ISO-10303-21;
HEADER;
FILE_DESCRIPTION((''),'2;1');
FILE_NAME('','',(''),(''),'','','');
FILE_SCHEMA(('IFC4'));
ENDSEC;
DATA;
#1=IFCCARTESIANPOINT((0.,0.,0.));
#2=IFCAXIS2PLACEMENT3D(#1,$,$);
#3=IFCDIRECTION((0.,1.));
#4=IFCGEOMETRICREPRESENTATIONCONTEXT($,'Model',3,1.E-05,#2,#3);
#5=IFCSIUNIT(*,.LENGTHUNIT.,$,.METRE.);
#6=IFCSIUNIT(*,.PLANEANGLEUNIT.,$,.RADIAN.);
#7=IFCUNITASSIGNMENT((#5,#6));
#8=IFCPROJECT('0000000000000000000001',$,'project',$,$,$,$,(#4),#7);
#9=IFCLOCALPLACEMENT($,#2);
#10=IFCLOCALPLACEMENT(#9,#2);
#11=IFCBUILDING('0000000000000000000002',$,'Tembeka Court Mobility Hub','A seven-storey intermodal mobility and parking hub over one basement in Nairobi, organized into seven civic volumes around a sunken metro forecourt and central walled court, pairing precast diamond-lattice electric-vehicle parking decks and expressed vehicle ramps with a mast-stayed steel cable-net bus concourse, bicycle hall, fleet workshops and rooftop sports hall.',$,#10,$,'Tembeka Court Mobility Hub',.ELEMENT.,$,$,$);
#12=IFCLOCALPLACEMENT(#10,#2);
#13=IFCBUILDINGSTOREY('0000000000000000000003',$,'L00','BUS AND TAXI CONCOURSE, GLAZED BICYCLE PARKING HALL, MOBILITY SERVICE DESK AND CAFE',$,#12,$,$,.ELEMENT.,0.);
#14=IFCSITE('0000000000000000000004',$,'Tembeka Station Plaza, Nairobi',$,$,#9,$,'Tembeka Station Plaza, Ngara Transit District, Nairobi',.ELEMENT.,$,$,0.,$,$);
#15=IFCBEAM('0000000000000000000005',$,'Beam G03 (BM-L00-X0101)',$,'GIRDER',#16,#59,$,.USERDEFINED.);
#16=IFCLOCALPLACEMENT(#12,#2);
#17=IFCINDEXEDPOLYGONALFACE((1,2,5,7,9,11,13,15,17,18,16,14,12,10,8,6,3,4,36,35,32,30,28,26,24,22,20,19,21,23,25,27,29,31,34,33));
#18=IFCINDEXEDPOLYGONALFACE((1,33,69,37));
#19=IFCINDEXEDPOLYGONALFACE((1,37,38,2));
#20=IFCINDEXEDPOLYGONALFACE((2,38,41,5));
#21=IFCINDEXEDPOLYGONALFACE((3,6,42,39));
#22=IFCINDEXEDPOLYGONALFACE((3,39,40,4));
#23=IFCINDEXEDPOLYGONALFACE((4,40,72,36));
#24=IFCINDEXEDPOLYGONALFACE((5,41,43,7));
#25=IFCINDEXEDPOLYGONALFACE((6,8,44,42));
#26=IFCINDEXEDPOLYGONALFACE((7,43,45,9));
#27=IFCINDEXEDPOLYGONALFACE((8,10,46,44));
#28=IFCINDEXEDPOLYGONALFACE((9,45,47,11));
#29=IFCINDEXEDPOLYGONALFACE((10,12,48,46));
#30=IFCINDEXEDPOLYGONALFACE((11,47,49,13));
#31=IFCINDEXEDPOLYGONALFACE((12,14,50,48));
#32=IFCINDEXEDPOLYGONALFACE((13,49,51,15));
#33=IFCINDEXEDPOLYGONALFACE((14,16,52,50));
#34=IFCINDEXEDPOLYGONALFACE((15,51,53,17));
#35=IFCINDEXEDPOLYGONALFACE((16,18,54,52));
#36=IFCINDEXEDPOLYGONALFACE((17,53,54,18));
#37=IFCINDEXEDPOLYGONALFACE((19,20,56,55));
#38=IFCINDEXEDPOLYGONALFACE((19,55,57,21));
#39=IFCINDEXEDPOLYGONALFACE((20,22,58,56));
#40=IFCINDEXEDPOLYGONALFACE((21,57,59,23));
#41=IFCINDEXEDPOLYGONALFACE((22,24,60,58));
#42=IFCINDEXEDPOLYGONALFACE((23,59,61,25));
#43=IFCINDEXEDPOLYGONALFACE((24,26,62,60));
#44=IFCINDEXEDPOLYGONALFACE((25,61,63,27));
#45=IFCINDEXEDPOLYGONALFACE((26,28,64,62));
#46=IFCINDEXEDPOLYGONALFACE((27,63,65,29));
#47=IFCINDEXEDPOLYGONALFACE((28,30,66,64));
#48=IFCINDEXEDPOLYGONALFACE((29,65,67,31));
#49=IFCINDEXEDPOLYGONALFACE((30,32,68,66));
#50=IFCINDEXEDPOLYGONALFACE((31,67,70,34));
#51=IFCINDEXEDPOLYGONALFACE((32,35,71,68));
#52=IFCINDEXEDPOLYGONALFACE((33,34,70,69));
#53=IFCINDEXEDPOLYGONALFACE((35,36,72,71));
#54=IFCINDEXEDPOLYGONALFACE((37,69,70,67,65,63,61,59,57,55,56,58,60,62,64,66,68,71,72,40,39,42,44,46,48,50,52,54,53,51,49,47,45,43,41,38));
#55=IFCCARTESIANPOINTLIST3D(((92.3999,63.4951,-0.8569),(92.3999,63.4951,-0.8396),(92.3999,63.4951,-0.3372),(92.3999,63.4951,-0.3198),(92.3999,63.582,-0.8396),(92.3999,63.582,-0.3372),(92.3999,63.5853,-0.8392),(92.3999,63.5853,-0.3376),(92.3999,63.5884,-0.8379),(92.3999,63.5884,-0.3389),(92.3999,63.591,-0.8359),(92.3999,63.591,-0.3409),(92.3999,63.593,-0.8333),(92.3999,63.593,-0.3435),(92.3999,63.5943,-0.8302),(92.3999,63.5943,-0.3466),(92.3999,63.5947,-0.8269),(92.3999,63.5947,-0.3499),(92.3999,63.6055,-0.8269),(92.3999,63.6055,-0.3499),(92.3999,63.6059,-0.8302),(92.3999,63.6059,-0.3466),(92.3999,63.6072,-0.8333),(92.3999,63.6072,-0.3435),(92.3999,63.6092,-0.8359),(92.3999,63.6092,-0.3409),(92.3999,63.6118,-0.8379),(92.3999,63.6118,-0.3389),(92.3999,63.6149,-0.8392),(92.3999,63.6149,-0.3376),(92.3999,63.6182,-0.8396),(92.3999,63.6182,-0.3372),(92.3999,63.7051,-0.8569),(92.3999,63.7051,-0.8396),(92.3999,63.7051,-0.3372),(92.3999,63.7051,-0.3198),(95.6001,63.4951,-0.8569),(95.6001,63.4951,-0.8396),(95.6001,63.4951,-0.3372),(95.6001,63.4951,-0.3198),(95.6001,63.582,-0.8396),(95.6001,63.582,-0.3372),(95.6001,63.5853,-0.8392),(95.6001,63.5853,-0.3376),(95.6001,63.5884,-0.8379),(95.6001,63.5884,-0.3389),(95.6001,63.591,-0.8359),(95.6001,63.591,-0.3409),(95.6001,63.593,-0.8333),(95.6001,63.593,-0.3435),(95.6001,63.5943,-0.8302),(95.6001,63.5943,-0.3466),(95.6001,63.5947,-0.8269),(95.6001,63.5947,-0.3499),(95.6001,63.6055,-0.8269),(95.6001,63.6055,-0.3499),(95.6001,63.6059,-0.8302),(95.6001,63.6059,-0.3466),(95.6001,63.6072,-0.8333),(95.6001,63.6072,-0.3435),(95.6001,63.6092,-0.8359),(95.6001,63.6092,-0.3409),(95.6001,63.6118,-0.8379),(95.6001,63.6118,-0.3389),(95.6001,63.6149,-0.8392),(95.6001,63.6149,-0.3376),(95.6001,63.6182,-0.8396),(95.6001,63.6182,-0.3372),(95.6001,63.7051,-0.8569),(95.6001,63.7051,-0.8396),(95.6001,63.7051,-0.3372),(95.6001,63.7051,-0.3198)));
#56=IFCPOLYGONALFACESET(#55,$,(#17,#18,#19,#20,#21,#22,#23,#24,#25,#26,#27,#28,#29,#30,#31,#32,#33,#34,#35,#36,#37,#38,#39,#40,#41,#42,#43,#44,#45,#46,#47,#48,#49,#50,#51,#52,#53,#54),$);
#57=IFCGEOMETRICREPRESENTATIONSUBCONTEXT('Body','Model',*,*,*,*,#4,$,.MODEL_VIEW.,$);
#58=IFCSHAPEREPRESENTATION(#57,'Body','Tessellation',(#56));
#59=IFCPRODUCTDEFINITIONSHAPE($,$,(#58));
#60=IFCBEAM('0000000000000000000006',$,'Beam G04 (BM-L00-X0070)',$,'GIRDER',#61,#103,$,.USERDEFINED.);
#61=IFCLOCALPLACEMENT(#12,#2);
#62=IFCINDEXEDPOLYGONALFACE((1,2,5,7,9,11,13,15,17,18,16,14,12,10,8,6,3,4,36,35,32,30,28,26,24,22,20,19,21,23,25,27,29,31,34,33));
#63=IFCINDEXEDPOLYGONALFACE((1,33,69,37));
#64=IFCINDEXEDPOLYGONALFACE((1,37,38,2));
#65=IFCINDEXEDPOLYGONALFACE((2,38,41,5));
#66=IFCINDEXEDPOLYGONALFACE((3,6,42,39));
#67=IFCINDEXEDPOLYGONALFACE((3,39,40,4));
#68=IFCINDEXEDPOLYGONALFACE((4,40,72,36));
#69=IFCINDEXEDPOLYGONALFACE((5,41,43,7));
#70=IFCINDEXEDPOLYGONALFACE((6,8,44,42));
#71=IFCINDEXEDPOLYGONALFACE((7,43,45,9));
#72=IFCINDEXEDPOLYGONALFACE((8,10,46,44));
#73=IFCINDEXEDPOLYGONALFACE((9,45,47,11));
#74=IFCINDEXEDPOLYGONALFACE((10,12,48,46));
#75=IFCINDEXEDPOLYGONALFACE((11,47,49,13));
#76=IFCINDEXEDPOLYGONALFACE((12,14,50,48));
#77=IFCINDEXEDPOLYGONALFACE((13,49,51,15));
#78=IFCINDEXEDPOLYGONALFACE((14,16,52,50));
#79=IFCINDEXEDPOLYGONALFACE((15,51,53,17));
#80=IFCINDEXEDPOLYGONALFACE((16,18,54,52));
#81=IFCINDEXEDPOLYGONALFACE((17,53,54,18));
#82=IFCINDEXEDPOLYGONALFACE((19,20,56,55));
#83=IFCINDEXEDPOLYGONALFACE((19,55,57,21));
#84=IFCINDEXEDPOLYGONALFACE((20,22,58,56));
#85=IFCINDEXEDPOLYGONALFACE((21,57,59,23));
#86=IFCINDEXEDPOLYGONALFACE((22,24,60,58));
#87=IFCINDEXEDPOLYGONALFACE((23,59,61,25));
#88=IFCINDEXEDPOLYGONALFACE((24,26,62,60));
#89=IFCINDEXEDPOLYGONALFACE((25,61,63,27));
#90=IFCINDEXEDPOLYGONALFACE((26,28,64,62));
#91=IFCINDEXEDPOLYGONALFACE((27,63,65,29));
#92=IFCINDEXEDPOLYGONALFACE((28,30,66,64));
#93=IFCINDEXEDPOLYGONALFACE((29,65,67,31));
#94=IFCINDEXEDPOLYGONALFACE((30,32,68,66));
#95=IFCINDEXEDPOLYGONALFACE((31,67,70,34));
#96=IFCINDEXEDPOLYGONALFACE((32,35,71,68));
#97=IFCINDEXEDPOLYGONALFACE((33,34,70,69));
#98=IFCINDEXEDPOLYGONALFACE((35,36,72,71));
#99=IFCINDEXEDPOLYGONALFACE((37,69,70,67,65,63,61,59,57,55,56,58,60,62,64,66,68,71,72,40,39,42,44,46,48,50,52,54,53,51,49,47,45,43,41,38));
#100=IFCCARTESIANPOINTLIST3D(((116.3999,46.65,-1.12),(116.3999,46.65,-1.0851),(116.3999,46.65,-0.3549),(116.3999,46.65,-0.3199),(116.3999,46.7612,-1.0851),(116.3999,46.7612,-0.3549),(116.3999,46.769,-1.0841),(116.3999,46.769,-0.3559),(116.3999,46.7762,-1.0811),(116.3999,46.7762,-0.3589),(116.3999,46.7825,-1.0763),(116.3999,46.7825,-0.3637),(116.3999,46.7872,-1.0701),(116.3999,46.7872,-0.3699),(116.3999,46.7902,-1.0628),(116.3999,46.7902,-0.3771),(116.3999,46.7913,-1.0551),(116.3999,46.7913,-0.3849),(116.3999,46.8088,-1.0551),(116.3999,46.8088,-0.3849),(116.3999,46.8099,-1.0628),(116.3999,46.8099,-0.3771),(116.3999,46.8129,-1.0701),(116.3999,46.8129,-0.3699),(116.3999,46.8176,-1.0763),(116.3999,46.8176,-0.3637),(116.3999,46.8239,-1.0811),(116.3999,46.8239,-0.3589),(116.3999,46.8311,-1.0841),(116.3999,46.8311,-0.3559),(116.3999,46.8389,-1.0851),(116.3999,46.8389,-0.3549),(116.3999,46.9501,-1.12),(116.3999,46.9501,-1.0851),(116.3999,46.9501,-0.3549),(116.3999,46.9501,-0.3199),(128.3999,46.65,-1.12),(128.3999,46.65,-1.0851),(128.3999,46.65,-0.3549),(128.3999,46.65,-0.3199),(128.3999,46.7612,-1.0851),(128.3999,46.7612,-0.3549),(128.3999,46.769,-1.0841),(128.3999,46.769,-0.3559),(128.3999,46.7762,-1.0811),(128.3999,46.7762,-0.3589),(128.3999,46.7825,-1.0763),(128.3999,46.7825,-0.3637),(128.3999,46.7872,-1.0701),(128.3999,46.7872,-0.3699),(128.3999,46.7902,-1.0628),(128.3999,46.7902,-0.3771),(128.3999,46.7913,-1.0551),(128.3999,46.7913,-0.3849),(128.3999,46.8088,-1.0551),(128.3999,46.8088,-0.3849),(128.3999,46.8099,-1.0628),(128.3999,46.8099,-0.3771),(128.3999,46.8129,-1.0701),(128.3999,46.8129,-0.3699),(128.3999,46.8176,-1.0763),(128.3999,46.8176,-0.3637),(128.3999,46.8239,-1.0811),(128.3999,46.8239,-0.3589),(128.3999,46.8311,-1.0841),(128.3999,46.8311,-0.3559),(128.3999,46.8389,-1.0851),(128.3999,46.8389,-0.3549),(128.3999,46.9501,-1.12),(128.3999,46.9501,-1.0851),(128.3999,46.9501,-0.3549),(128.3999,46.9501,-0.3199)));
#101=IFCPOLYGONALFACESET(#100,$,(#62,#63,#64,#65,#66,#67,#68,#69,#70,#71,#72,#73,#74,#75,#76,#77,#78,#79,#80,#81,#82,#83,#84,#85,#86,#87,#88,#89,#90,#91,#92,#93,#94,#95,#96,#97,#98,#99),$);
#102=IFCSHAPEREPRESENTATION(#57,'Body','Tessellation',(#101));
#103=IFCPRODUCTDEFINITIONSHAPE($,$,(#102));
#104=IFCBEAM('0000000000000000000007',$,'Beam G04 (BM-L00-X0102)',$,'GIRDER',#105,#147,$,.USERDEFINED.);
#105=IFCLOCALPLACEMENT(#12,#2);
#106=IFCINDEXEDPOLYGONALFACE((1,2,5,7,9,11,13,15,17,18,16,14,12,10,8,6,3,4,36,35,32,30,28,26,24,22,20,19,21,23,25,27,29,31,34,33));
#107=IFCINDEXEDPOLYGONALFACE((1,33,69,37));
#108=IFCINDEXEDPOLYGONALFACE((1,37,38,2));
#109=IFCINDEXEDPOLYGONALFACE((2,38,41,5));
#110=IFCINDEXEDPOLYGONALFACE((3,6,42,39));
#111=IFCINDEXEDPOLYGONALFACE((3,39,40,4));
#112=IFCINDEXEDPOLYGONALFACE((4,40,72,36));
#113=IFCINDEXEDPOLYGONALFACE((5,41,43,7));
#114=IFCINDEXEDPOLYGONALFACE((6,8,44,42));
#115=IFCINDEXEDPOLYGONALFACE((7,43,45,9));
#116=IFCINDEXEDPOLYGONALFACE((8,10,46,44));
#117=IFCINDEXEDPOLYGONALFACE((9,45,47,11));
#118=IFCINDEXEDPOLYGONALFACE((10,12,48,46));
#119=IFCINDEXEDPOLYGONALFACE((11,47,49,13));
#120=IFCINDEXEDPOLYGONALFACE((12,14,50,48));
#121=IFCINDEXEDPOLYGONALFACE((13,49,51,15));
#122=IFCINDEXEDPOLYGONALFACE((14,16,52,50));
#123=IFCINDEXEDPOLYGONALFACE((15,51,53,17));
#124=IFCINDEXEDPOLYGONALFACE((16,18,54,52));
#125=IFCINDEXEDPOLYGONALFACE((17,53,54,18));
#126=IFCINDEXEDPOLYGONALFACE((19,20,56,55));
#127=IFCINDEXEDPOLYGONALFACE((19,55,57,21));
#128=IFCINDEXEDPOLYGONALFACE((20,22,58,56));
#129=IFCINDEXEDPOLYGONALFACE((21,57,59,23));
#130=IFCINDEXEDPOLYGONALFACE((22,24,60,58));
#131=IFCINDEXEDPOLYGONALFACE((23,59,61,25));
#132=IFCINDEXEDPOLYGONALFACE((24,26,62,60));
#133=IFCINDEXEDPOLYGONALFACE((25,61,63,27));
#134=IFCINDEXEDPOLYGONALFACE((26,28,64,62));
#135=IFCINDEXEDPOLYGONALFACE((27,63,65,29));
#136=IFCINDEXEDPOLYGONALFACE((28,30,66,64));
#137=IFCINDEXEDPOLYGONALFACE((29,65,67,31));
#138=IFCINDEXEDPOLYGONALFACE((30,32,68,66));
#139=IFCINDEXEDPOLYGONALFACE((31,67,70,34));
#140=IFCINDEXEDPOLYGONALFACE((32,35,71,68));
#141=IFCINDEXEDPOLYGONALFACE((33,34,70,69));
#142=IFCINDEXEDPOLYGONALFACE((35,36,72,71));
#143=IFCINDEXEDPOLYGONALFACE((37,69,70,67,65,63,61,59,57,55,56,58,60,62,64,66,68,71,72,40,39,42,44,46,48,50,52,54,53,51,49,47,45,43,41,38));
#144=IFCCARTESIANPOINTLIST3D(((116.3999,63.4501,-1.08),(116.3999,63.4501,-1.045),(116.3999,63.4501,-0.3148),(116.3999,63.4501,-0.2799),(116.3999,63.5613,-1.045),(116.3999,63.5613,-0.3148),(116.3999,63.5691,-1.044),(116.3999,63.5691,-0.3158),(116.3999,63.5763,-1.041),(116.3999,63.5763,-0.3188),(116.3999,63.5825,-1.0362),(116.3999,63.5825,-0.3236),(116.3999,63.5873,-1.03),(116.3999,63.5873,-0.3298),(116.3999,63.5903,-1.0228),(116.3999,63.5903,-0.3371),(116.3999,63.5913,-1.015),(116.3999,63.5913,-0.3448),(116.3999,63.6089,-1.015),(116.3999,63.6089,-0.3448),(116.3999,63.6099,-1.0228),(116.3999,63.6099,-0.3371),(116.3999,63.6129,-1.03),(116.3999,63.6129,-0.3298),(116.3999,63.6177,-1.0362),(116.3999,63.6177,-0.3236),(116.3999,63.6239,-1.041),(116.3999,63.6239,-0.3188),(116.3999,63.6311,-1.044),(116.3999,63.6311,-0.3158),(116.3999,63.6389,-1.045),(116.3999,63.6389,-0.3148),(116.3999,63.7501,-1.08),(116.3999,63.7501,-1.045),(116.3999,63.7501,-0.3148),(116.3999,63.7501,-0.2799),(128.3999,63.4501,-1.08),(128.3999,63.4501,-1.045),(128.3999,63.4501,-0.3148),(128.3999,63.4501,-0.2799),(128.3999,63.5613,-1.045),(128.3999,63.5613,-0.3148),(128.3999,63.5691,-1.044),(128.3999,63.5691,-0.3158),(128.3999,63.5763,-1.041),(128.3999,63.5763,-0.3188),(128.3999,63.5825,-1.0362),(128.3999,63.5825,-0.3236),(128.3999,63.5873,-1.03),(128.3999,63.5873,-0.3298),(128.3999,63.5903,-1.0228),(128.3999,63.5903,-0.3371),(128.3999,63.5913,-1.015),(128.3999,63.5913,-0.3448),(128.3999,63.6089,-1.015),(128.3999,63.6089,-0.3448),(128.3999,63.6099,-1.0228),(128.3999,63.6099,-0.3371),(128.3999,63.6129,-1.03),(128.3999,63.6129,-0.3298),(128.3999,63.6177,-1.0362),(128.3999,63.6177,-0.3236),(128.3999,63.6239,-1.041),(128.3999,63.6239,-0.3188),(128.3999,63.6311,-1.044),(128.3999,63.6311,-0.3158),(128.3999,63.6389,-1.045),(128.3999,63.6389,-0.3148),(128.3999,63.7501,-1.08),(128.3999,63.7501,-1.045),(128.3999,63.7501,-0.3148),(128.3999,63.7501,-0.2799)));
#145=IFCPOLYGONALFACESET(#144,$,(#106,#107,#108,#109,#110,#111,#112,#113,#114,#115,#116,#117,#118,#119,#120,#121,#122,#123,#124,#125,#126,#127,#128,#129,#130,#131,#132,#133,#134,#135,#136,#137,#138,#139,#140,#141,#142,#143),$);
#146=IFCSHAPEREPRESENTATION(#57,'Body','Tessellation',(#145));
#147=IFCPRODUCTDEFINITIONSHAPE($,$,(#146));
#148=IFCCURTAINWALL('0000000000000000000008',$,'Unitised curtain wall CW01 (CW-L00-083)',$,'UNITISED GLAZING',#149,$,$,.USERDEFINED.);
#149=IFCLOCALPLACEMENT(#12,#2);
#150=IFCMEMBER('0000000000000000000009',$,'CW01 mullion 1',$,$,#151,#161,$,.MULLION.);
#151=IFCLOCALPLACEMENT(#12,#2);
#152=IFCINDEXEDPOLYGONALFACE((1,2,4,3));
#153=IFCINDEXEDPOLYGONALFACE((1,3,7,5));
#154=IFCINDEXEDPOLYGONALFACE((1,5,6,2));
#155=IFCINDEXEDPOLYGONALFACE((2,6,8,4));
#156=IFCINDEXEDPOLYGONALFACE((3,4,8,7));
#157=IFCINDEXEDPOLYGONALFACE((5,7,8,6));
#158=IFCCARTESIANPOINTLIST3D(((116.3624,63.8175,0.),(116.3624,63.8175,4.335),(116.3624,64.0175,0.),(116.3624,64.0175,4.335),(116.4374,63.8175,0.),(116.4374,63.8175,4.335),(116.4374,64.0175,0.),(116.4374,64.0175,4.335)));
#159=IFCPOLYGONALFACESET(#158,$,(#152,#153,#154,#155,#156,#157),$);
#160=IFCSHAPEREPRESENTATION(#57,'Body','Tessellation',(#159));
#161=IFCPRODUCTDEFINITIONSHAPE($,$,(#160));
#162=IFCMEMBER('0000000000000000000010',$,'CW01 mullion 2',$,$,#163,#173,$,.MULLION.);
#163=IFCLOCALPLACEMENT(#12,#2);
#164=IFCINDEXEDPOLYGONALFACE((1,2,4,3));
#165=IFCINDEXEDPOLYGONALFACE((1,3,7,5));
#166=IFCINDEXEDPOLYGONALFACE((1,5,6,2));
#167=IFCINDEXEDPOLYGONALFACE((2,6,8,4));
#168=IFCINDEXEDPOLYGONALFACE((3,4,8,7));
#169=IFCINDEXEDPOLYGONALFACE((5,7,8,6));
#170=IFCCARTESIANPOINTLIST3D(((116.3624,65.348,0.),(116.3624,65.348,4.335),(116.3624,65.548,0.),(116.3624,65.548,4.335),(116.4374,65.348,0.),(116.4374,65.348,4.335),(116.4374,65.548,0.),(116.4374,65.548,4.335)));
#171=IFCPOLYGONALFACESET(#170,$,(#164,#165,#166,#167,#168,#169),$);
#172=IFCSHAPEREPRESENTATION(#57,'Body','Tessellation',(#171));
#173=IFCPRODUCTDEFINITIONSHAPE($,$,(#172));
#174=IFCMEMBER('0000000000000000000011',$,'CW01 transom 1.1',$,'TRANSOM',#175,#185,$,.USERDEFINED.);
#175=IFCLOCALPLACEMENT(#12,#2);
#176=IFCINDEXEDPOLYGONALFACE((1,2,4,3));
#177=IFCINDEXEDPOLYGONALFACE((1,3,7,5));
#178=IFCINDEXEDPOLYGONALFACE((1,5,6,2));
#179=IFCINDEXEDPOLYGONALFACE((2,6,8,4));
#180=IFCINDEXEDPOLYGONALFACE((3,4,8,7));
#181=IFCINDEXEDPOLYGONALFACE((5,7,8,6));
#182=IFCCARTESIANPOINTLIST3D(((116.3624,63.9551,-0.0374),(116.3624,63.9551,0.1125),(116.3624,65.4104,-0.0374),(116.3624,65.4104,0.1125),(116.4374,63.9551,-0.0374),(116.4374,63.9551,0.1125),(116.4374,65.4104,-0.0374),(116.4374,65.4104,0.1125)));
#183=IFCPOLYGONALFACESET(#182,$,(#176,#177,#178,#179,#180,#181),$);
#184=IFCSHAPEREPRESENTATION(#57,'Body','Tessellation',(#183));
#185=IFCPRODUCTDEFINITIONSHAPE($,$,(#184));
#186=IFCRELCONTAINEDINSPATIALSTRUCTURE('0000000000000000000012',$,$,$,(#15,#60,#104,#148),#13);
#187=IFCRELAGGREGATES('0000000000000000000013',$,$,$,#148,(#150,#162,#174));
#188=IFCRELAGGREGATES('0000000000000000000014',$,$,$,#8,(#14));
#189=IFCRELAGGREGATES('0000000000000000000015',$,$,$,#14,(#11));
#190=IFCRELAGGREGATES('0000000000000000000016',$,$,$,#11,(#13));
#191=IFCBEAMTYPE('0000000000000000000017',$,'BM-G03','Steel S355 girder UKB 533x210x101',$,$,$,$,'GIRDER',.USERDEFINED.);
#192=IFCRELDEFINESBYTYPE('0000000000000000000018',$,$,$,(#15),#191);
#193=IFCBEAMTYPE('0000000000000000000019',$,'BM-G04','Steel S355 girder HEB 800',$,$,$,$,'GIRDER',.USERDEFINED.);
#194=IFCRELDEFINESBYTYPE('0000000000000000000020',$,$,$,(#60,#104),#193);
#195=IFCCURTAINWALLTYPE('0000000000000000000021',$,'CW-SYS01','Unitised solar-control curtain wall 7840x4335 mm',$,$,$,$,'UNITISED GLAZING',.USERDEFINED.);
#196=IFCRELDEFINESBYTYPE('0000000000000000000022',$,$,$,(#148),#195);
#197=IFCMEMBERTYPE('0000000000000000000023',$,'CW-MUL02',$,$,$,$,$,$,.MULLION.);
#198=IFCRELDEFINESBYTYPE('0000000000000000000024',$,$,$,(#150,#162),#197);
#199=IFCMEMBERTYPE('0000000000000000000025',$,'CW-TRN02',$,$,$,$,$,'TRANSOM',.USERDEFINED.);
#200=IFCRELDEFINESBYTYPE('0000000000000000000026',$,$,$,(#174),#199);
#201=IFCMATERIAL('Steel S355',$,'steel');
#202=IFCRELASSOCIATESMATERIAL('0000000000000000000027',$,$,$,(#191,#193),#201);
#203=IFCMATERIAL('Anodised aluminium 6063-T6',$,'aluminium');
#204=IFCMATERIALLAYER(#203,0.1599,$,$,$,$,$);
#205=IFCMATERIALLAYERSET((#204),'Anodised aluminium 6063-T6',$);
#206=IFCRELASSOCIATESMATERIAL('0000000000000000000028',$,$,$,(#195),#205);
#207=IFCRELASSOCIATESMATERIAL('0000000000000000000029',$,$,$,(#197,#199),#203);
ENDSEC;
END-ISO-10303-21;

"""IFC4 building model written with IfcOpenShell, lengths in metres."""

from ifc_helpers import new_model, si_unit, direction, frame, origin, origin_2d, place, context, subcontext, project, spatial, rectangle, i_section, extrude, material, layer, layer_set, material_profile, profile_set, type_object, element, aggregate, save


model = new_model("IFC4")

# Units and contexts
model_context = context("Model", 3, precision=1e-05, world=origin(), true_north=direction((0.0, 1.0)))
body_context = subcontext(model_context, "Body", "Model", "MODEL_VIEW")
ifc_project = project(units=[si_unit("LENGTHUNIT", "METRE"), si_unit("PLANEANGLEUNIT", "RADIAN")], contexts=[model_context])

# Site, building, storey
site_placement = place(None, origin())
site = spatial("IfcSite", under=ifc_project, at=site_placement, Name="Tembeka Station Plaza, Nairobi", LongName="Tembeka Station Plaza, Ngara Transit District, Nairobi", CompositionType="ELEMENT", RefElevation=0.0)
building_placement = place(site_placement, origin())
building = spatial("IfcBuilding", under=site, at=building_placement, Name="Tembeka Court Mobility Hub", Description="A seven-storey intermodal mobility and parking hub over one basement in Nairobi, organized into seven civic volumes around a sunken metro forecourt and central walled court, pairing precast diamond-lattice electric-vehicle parking decks and expressed vehicle ramps with a mast-stayed steel cable-net bus concourse, bicycle hall, fleet workshops and rooftop sports hall.", LongName="Tembeka Court Mobility Hub", CompositionType="ELEMENT")
storey_placement = place(building_placement, origin())
storey = spatial("IfcBuildingStorey", under=building, at=storey_placement, Name="L00", Description="BUS AND TAXI CONCOURSE, GLAZED BICYCLE PARKING HALL, MOBILITY SERVICE DESK AND CAFE", CompositionType="ELEMENT", Elevation=0.0)

# Shared definitions
ifc_material_1 = material(Name="Steel S355", Category="steel")

# Beams
ifc_material_profile_1 = material_profile(ifc_material_1, i_section(OverallWidth=0.21, OverallDepth=0.5371, WebThickness=0.0107, FlangeThickness=0.0173, FilletRadius=0.0127, at=origin_2d()), Name="UKB 533x210x101")
ifc_profile_set_1 = profile_set([ifc_material_profile_1], Name="Steel S355")
beam_type_1 = type_object("IfcBeamType", Name="BM-G03", Description="Steel S355 girder UKB 533x210x101", ElementType="GIRDER", PredefinedType="USERDEFINED", material=ifc_profile_set_1)
for number, where, z_axis, x_axis, name in (
    (1, (92.3999, 63.6001, -0.5884), (1.0, 0.0, 0.0), (0.0, 1.0, 0.0), "Beam G03 (BM-L00-X0101)"),
):
    element("IfcBeam", number, at=place(storey_placement, frame(where, z_axis=z_axis, x_axis=x_axis)), inside=storey, type_object=beam_type_1, Name=name, ObjectType="GIRDER", PredefinedType="USERDEFINED", context=body_context, shape_type="SweptSolid", body=[
        extrude(i_section(OverallWidth=0.21, OverallDepth=0.5371, WebThickness=0.0107, FlangeThickness=0.0173, FilletRadius=0.0127, at=origin_2d()), origin(), (0.0, 0.0, 1.0), 3.2002),
    ])
ifc_material_profile_2 = material_profile(ifc_material_1, i_section(OverallWidth=0.3, OverallDepth=0.8, WebThickness=0.0176, FlangeThickness=0.0349, FilletRadius=0.03, at=origin_2d()), Name="HEB 800")
ifc_profile_set_2 = profile_set([ifc_material_profile_2], Name="Steel S355")
beam_type_2 = type_object("IfcBeamType", Name="BM-G04", Description="Steel S355 girder HEB 800", ElementType="GIRDER", PredefinedType="USERDEFINED", material=ifc_profile_set_2)
for number, where, z_axis, x_axis, name in (
    (2, (116.3999, 46.8, -0.72), (1.0, 0.0, 0.0), (0.0, 1.0, 0.0), "Beam G04 (BM-L00-X0070)"),
    (3, (116.3999, 63.6001, -0.6799), (1.0, 0.0, 0.0), (0.0, 1.0, 0.0), "Beam G04 (BM-L00-X0102)"),
):
    element("IfcBeam", number, at=place(storey_placement, frame(where, z_axis=z_axis, x_axis=x_axis)), inside=storey, type_object=beam_type_2, Name=name, ObjectType="GIRDER", PredefinedType="USERDEFINED", context=body_context, shape_type="SweptSolid", body=[
        extrude(i_section(OverallWidth=0.3, OverallDepth=0.8, WebThickness=0.0176, FlangeThickness=0.0349, FilletRadius=0.03, at=origin_2d()), origin(), (0.0, 0.0, 1.0), 12.0),
    ])

# Curtain wall, members
ifc_material_2 = material(Name="Anodised aluminium 6063-T6", Category="aluminium")
ifc_layer_1 = layer(ifc_material_2, 0.1599)
ifc_layer_set_1 = layer_set([ifc_layer_1], Name="Anodised aluminium 6063-T6")
curtain_wall_type = type_object("IfcCurtainWallType", Name="CW-SYS01", Description="Unitised solar-control curtain wall 7840x4335 mm", ElementType="UNITISED GLAZING", PredefinedType="USERDEFINED", material=ifc_layer_set_1)
curtain_wall_placement = place(storey_placement, origin())
curtain_wall = element("IfcCurtainWall", 4, at=curtain_wall_placement, inside=storey, type_object=curtain_wall_type, Name="Unitised curtain wall CW01 (CW-L00-083)", ObjectType="UNITISED GLAZING", PredefinedType="USERDEFINED")
ifc_material_profile_3 = material_profile(ifc_material_2, rectangle(XDim=0.075, YDim=0.2, at=origin_2d()), Name="ALU-MUL 75x200")
ifc_profile_set_3 = profile_set([ifc_material_profile_3], Name="Anodised aluminium 6063-T6")
member_type_1 = type_object("IfcMemberType", Name="CW-MUL02", PredefinedType="MULLION", material=ifc_profile_set_3)
member_1_placement = place(storey_placement, frame((116.3999, 63.9175, 0.0), z_axis=(0.0, 0.0, 1.0), x_axis=(-1.0, 0.0, 0.0)))
member_1 = element("IfcMember", 5, at=member_1_placement, type_object=member_type_1, Name="CW01 mullion 1", PredefinedType="MULLION", context=body_context, shape_type="SweptSolid", body=[
    extrude(rectangle(XDim=0.075, YDim=0.2, at=origin_2d()), origin(), (0.0, 0.0, 1.0), 4.335),
])
member_2_placement = place(storey_placement, frame((116.3999, 65.448, 0.0), z_axis=(0.0, 0.0, 1.0), x_axis=(-1.0, 0.0, 0.0)))
member_2 = element("IfcMember", 6, at=member_2_placement, type_object=member_type_1, Name="CW01 mullion 2", PredefinedType="MULLION", context=body_context, shape_type="SweptSolid", body=[
    extrude(rectangle(XDim=0.075, YDim=0.2, at=origin_2d()), origin(), (0.0, 0.0, 1.0), 4.335),
])
ifc_material_profile_4 = material_profile(ifc_material_2, rectangle(XDim=0.075, YDim=0.1499, at=origin_2d()), Name="ALU-TRN 75x150")
ifc_profile_set_4 = profile_set([ifc_material_profile_4], Name="Anodised aluminium 6063-T6")
member_type_2 = type_object("IfcMemberType", Name="CW-TRN02", ElementType="TRANSOM", PredefinedType="USERDEFINED", material=ifc_profile_set_4)
member_3_placement = place(storey_placement, frame((116.3999, 63.9551, 0.0376), z_axis=(0.0, 1.0, 0.0), x_axis=(-1.0, 0.0, 0.0)))
member_3 = element("IfcMember", 7, at=member_3_placement, type_object=member_type_2, Name="CW01 transom 1.1", ObjectType="TRANSOM", PredefinedType="USERDEFINED", context=body_context, shape_type="SweptSolid", body=[
    extrude(rectangle(XDim=0.075, YDim=0.1499, at=origin_2d()), origin(), (0.0, 0.0, 1.0), 1.4553),
])
aggregate(curtain_wall, [member_1, member_2, member_3])

save(model, "model.ifc")
